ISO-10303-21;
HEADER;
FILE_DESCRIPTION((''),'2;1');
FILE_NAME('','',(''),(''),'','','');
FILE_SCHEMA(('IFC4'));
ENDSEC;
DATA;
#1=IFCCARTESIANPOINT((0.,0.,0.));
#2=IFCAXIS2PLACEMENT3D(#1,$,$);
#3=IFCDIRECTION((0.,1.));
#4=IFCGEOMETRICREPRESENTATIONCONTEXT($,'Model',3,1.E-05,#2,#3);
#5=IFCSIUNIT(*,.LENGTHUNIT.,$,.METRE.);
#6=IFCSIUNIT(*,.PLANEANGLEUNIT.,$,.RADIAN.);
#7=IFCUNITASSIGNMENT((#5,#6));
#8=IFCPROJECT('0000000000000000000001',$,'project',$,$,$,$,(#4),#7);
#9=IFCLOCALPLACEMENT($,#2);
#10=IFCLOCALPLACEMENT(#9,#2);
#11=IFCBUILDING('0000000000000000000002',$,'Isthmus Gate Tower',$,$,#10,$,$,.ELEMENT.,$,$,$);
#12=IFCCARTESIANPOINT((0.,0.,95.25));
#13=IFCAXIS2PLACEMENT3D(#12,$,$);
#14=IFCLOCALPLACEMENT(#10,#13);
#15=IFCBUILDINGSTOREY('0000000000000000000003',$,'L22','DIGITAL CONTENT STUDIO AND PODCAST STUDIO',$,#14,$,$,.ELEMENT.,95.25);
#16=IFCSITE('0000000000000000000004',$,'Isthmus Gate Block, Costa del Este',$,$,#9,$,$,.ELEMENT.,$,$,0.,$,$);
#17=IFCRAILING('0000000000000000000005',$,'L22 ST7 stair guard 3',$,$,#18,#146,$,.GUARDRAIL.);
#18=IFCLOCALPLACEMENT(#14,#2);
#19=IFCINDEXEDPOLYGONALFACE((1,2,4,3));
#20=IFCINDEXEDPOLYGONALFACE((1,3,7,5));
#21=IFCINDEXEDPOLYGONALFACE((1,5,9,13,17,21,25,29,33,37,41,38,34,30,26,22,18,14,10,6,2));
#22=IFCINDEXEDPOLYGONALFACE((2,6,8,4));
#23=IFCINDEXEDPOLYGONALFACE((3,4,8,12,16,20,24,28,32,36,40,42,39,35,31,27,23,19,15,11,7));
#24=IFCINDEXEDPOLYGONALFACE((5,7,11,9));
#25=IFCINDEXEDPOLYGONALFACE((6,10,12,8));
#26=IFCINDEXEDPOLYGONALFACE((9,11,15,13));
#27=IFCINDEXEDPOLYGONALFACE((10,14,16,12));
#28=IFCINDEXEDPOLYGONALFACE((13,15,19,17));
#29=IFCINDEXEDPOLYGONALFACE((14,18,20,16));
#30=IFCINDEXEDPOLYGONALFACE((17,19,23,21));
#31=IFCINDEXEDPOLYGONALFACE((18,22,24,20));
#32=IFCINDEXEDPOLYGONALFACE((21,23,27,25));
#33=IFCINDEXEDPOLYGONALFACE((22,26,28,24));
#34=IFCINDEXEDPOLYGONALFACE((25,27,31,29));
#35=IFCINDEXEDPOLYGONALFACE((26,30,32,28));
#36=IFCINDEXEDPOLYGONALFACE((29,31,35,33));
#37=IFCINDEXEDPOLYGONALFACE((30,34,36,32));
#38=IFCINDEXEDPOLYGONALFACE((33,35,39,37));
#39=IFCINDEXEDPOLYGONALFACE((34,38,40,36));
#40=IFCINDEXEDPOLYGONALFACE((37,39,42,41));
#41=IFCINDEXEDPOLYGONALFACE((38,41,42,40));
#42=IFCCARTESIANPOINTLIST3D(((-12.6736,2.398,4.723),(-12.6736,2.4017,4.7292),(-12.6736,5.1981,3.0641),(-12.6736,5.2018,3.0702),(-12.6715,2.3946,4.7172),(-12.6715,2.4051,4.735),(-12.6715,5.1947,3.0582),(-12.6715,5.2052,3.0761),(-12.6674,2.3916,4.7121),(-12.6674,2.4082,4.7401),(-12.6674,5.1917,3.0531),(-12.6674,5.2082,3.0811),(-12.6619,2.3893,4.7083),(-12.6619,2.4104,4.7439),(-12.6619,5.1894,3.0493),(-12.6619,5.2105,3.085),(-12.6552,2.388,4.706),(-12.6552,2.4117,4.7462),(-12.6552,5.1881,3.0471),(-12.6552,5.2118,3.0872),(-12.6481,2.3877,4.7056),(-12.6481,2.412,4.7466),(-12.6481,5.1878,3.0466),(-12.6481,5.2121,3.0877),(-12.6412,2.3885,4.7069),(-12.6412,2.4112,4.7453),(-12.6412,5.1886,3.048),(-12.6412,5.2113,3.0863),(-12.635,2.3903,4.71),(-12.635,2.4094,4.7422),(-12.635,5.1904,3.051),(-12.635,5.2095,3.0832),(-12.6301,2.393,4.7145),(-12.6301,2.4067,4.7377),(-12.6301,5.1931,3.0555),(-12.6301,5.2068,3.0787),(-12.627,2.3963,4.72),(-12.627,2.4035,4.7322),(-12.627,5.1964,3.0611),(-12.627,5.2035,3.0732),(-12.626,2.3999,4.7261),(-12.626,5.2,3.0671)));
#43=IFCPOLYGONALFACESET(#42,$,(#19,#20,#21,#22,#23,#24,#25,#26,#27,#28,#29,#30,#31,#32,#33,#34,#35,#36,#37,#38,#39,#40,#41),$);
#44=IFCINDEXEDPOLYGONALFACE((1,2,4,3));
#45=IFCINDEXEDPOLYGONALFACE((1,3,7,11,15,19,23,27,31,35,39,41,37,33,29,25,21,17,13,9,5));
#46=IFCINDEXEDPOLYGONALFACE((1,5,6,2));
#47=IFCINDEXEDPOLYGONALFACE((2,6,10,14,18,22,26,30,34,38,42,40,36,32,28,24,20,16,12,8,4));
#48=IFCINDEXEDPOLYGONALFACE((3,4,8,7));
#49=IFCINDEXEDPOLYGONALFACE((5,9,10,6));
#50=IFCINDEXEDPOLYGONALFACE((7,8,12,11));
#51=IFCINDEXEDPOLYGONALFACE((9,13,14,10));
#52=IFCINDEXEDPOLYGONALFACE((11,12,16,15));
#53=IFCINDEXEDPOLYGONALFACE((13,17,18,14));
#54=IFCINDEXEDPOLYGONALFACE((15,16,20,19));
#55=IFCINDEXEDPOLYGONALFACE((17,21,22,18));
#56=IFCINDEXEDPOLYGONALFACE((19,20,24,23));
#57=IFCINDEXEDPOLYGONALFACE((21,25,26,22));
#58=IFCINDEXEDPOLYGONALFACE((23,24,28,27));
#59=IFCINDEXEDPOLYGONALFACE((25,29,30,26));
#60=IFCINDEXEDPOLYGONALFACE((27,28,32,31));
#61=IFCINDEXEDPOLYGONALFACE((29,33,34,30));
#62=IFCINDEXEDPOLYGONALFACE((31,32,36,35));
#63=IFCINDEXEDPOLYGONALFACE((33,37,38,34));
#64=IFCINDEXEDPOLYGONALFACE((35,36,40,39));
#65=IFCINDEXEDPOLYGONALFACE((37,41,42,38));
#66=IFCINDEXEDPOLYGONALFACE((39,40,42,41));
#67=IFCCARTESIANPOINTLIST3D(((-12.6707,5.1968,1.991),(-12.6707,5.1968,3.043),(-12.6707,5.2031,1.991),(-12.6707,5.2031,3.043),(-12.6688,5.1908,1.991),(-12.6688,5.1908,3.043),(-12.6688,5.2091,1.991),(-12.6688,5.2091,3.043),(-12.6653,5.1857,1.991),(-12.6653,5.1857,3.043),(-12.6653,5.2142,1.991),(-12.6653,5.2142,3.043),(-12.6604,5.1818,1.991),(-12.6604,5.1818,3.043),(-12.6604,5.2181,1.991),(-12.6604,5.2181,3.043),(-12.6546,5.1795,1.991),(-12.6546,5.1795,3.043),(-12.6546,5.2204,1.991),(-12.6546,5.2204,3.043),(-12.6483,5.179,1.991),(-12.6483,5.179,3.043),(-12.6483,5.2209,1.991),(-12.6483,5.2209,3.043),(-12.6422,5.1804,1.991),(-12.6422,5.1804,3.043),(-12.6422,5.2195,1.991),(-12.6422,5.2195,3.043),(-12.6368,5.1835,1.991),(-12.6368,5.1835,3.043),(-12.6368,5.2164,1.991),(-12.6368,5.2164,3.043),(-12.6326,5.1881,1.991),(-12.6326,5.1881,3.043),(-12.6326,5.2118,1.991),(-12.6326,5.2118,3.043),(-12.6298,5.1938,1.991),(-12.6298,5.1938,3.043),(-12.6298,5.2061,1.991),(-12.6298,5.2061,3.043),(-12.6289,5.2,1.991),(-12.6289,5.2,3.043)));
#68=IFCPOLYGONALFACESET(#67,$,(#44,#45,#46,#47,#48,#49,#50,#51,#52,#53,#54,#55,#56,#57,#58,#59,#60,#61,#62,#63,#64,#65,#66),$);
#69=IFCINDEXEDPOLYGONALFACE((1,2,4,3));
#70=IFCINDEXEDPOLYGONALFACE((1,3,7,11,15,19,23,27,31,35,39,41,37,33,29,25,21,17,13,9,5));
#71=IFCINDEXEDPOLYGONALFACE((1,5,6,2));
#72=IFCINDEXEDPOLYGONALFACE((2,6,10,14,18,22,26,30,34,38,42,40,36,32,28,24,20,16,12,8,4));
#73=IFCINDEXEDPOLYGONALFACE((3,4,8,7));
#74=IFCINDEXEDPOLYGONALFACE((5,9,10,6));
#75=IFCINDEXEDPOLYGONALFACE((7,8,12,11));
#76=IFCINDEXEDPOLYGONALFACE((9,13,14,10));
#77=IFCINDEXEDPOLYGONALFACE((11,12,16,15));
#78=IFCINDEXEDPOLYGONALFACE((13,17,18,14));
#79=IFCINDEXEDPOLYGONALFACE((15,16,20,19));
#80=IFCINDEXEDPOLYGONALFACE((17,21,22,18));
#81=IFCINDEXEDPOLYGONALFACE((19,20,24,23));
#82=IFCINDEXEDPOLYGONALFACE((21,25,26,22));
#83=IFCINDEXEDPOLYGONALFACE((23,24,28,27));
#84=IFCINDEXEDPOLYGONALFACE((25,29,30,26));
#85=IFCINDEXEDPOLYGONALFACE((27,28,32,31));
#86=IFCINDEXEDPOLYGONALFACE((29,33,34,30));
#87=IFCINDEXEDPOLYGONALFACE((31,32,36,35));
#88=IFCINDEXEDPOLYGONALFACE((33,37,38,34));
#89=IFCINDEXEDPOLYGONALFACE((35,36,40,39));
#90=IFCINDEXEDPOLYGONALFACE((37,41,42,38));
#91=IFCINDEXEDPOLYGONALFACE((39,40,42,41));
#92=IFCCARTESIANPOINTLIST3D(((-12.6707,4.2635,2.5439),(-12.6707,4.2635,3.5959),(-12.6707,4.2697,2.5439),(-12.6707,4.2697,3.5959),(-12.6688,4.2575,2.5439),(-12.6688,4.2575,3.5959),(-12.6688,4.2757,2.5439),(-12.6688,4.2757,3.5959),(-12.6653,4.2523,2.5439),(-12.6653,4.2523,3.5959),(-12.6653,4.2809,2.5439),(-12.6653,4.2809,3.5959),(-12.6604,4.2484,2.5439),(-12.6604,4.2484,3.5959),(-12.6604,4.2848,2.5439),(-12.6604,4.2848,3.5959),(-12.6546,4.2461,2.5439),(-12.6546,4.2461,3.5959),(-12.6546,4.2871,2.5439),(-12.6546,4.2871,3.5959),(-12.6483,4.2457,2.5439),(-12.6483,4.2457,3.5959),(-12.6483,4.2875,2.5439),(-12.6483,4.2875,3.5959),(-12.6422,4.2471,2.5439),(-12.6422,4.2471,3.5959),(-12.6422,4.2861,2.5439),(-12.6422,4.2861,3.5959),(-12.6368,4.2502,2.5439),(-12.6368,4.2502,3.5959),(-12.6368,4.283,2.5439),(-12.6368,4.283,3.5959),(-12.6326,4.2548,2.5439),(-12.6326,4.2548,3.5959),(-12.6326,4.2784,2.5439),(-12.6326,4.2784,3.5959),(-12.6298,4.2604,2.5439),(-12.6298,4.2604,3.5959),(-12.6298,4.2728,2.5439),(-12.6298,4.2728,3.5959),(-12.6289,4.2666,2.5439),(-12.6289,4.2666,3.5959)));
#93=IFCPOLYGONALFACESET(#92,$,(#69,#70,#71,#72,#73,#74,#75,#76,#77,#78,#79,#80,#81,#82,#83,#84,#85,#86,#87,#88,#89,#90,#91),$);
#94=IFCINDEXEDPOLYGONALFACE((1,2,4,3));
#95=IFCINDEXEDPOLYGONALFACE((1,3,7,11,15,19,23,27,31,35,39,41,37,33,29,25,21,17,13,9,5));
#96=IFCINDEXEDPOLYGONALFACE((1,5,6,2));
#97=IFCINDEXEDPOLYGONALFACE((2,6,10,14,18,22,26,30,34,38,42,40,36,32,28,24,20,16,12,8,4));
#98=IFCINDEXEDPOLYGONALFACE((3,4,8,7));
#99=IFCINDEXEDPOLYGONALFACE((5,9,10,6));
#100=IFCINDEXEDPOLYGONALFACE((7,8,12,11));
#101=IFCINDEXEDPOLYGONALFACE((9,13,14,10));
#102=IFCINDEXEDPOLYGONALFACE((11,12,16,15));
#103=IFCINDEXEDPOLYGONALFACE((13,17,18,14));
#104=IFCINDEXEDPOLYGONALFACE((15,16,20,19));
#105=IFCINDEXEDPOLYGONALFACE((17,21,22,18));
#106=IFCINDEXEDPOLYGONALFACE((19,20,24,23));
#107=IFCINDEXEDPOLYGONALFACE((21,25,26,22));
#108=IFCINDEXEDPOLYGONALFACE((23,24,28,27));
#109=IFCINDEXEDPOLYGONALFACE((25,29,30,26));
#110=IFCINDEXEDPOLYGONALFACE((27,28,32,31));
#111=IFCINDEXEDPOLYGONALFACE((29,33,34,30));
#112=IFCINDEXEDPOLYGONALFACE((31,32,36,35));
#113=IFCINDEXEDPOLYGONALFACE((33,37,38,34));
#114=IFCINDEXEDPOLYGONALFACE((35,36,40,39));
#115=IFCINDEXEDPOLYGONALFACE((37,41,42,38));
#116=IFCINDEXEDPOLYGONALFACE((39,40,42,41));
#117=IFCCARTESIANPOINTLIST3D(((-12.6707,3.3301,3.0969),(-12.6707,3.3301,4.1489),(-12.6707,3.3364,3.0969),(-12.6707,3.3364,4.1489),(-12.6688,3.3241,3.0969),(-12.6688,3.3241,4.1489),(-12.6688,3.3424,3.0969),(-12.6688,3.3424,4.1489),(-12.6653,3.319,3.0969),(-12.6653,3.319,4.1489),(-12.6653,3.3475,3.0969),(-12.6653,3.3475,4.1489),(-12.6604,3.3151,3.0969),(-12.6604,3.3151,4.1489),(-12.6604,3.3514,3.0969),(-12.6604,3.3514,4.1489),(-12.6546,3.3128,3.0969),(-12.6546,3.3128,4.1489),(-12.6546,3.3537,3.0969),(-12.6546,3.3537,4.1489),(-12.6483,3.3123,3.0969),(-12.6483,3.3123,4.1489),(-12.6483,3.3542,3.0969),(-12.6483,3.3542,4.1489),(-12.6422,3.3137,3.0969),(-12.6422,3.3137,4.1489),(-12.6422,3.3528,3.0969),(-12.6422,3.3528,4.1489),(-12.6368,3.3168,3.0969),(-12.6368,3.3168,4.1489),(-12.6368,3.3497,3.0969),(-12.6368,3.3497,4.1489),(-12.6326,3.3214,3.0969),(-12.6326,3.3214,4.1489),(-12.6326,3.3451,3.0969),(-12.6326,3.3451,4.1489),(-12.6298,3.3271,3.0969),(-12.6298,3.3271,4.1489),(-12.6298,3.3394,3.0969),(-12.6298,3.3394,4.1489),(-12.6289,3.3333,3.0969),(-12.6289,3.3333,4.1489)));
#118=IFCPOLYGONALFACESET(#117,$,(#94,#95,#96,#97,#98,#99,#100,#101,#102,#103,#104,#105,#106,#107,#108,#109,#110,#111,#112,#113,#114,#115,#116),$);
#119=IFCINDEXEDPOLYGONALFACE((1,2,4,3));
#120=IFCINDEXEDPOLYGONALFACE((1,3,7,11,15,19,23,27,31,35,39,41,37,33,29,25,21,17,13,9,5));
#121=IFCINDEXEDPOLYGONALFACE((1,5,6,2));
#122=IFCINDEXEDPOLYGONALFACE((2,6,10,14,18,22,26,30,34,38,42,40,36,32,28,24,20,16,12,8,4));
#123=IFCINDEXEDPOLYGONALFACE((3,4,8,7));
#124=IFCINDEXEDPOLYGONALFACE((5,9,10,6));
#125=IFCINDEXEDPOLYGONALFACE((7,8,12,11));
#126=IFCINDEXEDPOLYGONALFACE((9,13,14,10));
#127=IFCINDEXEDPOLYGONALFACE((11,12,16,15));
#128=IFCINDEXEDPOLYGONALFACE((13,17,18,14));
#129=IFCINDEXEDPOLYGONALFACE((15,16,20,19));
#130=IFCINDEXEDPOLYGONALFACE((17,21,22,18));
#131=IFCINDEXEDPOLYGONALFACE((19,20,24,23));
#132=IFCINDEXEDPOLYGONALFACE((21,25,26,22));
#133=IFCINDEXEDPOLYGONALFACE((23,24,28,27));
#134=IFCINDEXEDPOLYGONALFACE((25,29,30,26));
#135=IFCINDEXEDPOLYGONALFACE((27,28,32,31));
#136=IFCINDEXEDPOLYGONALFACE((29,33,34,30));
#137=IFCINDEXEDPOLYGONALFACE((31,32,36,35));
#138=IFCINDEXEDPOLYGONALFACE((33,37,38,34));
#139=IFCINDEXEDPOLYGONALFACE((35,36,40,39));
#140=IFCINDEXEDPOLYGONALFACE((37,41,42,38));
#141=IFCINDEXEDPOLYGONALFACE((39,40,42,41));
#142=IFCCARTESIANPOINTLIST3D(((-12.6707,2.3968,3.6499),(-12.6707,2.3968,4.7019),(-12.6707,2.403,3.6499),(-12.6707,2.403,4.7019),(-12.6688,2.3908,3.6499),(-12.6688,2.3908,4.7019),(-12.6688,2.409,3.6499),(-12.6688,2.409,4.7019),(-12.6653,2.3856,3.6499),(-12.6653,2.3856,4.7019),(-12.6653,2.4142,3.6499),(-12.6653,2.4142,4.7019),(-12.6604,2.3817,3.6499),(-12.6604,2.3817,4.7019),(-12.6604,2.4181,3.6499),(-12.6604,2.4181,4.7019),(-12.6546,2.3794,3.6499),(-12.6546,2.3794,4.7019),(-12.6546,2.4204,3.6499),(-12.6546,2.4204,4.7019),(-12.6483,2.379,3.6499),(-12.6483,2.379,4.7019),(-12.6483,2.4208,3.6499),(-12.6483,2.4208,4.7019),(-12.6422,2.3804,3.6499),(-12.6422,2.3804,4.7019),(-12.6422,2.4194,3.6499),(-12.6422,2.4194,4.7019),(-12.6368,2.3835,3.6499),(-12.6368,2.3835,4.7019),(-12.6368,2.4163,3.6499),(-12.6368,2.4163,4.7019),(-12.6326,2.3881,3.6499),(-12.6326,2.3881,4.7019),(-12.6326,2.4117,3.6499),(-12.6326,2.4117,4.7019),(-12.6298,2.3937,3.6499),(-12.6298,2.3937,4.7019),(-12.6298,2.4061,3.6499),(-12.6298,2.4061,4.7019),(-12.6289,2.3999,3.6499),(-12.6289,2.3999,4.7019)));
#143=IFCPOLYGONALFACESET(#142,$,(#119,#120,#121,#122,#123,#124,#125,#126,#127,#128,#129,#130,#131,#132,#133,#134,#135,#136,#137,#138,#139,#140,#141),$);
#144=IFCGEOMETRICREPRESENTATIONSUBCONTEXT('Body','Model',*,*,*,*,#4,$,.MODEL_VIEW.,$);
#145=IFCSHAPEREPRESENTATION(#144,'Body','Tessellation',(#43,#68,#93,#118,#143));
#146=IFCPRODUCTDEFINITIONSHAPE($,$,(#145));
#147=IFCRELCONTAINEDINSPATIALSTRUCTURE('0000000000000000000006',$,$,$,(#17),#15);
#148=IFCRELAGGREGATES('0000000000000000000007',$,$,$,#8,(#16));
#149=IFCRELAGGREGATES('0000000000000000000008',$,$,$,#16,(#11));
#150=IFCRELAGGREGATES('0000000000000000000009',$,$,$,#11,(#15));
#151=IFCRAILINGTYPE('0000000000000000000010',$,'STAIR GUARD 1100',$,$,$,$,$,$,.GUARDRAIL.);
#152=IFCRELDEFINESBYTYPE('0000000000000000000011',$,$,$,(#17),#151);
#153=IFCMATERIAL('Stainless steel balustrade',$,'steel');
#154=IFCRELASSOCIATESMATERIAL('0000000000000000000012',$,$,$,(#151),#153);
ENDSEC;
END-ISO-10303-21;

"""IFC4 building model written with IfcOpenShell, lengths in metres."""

from ifc_helpers import new_model, si_unit, direction, frame, origin, origin_2d, place, context, subcontext, project, spatial, circle, extrude, material, type_object, element, save


model = new_model("IFC4")

# Units and contexts
model_context = context("Model", 3, precision=1e-05, world=origin(), true_north=direction((0.0, 1.0)))
body_context = subcontext(model_context, "Body", "Model", "MODEL_VIEW")
ifc_project = project(units=[si_unit("LENGTHUNIT", "METRE"), si_unit("PLANEANGLEUNIT", "RADIAN")], contexts=[model_context])

# Site, building, storey
site_placement = place(None, origin())
site = spatial("IfcSite", under=ifc_project, at=site_placement, Name="Isthmus Gate Block, Costa del Este", CompositionType="ELEMENT", RefElevation=0.0)
building_placement = place(site_placement, origin())
building = spatial("IfcBuilding", under=site, at=building_placement, Name="Isthmus Gate Tower", CompositionType="ELEMENT")
storey_placement = place(building_placement, frame((0.0, 0.0, 95.25)))
storey = spatial("IfcBuildingStorey", under=building, at=storey_placement, Name="L22", Description="DIGITAL CONTENT STUDIO AND PODCAST STUDIO", CompositionType="ELEMENT", Elevation=95.25)

# Railing
ifc_material_1 = material(Name="Stainless steel balustrade", Category="steel")
railing_type_1 = type_object("IfcRailingType", Name="STAIR GUARD 1100", PredefinedType="GUARDRAIL", material=ifc_material_1)
railing_1_placement = place(storey_placement, frame((-12.6499, 5.2, 1.991)))
element("IfcRailing", 1, at=railing_1_placement, inside=storey, type_object=railing_type_1, Name="L22 ST7 stair guard 3", PredefinedType="GUARDRAIL", context=body_context, shape_type="SweptSolid", body=[
    extrude(circle(Radius=0.0239, at=origin_2d()), frame((0.0, 0.0, 1.0762), z_axis=(0.0, -0.860339, 0.509722), x_axis=(1.0, 0.0, 0.0)), (0.0, 0.0, 1.0), 3.2546),
    extrude(circle(Radius=0.021, at=origin_2d()), origin(), (0.0, 0.0, 1.0), 1.052),
    extrude(circle(Radius=0.021, at=origin_2d()), frame((0.0, -0.9333, 0.553)), (0.0, 0.0, 1.0), 1.052),
    extrude(circle(Radius=0.021, at=origin_2d()), frame((0.0, -1.8667, 1.106)), (0.0, 0.0, 1.0), 1.052),
    extrude(circle(Radius=0.021, at=origin_2d()), frame((0.0, -2.8, 1.6589)), (0.0, 0.0, 1.0), 1.052),
])

save(model, "model.ifc")
